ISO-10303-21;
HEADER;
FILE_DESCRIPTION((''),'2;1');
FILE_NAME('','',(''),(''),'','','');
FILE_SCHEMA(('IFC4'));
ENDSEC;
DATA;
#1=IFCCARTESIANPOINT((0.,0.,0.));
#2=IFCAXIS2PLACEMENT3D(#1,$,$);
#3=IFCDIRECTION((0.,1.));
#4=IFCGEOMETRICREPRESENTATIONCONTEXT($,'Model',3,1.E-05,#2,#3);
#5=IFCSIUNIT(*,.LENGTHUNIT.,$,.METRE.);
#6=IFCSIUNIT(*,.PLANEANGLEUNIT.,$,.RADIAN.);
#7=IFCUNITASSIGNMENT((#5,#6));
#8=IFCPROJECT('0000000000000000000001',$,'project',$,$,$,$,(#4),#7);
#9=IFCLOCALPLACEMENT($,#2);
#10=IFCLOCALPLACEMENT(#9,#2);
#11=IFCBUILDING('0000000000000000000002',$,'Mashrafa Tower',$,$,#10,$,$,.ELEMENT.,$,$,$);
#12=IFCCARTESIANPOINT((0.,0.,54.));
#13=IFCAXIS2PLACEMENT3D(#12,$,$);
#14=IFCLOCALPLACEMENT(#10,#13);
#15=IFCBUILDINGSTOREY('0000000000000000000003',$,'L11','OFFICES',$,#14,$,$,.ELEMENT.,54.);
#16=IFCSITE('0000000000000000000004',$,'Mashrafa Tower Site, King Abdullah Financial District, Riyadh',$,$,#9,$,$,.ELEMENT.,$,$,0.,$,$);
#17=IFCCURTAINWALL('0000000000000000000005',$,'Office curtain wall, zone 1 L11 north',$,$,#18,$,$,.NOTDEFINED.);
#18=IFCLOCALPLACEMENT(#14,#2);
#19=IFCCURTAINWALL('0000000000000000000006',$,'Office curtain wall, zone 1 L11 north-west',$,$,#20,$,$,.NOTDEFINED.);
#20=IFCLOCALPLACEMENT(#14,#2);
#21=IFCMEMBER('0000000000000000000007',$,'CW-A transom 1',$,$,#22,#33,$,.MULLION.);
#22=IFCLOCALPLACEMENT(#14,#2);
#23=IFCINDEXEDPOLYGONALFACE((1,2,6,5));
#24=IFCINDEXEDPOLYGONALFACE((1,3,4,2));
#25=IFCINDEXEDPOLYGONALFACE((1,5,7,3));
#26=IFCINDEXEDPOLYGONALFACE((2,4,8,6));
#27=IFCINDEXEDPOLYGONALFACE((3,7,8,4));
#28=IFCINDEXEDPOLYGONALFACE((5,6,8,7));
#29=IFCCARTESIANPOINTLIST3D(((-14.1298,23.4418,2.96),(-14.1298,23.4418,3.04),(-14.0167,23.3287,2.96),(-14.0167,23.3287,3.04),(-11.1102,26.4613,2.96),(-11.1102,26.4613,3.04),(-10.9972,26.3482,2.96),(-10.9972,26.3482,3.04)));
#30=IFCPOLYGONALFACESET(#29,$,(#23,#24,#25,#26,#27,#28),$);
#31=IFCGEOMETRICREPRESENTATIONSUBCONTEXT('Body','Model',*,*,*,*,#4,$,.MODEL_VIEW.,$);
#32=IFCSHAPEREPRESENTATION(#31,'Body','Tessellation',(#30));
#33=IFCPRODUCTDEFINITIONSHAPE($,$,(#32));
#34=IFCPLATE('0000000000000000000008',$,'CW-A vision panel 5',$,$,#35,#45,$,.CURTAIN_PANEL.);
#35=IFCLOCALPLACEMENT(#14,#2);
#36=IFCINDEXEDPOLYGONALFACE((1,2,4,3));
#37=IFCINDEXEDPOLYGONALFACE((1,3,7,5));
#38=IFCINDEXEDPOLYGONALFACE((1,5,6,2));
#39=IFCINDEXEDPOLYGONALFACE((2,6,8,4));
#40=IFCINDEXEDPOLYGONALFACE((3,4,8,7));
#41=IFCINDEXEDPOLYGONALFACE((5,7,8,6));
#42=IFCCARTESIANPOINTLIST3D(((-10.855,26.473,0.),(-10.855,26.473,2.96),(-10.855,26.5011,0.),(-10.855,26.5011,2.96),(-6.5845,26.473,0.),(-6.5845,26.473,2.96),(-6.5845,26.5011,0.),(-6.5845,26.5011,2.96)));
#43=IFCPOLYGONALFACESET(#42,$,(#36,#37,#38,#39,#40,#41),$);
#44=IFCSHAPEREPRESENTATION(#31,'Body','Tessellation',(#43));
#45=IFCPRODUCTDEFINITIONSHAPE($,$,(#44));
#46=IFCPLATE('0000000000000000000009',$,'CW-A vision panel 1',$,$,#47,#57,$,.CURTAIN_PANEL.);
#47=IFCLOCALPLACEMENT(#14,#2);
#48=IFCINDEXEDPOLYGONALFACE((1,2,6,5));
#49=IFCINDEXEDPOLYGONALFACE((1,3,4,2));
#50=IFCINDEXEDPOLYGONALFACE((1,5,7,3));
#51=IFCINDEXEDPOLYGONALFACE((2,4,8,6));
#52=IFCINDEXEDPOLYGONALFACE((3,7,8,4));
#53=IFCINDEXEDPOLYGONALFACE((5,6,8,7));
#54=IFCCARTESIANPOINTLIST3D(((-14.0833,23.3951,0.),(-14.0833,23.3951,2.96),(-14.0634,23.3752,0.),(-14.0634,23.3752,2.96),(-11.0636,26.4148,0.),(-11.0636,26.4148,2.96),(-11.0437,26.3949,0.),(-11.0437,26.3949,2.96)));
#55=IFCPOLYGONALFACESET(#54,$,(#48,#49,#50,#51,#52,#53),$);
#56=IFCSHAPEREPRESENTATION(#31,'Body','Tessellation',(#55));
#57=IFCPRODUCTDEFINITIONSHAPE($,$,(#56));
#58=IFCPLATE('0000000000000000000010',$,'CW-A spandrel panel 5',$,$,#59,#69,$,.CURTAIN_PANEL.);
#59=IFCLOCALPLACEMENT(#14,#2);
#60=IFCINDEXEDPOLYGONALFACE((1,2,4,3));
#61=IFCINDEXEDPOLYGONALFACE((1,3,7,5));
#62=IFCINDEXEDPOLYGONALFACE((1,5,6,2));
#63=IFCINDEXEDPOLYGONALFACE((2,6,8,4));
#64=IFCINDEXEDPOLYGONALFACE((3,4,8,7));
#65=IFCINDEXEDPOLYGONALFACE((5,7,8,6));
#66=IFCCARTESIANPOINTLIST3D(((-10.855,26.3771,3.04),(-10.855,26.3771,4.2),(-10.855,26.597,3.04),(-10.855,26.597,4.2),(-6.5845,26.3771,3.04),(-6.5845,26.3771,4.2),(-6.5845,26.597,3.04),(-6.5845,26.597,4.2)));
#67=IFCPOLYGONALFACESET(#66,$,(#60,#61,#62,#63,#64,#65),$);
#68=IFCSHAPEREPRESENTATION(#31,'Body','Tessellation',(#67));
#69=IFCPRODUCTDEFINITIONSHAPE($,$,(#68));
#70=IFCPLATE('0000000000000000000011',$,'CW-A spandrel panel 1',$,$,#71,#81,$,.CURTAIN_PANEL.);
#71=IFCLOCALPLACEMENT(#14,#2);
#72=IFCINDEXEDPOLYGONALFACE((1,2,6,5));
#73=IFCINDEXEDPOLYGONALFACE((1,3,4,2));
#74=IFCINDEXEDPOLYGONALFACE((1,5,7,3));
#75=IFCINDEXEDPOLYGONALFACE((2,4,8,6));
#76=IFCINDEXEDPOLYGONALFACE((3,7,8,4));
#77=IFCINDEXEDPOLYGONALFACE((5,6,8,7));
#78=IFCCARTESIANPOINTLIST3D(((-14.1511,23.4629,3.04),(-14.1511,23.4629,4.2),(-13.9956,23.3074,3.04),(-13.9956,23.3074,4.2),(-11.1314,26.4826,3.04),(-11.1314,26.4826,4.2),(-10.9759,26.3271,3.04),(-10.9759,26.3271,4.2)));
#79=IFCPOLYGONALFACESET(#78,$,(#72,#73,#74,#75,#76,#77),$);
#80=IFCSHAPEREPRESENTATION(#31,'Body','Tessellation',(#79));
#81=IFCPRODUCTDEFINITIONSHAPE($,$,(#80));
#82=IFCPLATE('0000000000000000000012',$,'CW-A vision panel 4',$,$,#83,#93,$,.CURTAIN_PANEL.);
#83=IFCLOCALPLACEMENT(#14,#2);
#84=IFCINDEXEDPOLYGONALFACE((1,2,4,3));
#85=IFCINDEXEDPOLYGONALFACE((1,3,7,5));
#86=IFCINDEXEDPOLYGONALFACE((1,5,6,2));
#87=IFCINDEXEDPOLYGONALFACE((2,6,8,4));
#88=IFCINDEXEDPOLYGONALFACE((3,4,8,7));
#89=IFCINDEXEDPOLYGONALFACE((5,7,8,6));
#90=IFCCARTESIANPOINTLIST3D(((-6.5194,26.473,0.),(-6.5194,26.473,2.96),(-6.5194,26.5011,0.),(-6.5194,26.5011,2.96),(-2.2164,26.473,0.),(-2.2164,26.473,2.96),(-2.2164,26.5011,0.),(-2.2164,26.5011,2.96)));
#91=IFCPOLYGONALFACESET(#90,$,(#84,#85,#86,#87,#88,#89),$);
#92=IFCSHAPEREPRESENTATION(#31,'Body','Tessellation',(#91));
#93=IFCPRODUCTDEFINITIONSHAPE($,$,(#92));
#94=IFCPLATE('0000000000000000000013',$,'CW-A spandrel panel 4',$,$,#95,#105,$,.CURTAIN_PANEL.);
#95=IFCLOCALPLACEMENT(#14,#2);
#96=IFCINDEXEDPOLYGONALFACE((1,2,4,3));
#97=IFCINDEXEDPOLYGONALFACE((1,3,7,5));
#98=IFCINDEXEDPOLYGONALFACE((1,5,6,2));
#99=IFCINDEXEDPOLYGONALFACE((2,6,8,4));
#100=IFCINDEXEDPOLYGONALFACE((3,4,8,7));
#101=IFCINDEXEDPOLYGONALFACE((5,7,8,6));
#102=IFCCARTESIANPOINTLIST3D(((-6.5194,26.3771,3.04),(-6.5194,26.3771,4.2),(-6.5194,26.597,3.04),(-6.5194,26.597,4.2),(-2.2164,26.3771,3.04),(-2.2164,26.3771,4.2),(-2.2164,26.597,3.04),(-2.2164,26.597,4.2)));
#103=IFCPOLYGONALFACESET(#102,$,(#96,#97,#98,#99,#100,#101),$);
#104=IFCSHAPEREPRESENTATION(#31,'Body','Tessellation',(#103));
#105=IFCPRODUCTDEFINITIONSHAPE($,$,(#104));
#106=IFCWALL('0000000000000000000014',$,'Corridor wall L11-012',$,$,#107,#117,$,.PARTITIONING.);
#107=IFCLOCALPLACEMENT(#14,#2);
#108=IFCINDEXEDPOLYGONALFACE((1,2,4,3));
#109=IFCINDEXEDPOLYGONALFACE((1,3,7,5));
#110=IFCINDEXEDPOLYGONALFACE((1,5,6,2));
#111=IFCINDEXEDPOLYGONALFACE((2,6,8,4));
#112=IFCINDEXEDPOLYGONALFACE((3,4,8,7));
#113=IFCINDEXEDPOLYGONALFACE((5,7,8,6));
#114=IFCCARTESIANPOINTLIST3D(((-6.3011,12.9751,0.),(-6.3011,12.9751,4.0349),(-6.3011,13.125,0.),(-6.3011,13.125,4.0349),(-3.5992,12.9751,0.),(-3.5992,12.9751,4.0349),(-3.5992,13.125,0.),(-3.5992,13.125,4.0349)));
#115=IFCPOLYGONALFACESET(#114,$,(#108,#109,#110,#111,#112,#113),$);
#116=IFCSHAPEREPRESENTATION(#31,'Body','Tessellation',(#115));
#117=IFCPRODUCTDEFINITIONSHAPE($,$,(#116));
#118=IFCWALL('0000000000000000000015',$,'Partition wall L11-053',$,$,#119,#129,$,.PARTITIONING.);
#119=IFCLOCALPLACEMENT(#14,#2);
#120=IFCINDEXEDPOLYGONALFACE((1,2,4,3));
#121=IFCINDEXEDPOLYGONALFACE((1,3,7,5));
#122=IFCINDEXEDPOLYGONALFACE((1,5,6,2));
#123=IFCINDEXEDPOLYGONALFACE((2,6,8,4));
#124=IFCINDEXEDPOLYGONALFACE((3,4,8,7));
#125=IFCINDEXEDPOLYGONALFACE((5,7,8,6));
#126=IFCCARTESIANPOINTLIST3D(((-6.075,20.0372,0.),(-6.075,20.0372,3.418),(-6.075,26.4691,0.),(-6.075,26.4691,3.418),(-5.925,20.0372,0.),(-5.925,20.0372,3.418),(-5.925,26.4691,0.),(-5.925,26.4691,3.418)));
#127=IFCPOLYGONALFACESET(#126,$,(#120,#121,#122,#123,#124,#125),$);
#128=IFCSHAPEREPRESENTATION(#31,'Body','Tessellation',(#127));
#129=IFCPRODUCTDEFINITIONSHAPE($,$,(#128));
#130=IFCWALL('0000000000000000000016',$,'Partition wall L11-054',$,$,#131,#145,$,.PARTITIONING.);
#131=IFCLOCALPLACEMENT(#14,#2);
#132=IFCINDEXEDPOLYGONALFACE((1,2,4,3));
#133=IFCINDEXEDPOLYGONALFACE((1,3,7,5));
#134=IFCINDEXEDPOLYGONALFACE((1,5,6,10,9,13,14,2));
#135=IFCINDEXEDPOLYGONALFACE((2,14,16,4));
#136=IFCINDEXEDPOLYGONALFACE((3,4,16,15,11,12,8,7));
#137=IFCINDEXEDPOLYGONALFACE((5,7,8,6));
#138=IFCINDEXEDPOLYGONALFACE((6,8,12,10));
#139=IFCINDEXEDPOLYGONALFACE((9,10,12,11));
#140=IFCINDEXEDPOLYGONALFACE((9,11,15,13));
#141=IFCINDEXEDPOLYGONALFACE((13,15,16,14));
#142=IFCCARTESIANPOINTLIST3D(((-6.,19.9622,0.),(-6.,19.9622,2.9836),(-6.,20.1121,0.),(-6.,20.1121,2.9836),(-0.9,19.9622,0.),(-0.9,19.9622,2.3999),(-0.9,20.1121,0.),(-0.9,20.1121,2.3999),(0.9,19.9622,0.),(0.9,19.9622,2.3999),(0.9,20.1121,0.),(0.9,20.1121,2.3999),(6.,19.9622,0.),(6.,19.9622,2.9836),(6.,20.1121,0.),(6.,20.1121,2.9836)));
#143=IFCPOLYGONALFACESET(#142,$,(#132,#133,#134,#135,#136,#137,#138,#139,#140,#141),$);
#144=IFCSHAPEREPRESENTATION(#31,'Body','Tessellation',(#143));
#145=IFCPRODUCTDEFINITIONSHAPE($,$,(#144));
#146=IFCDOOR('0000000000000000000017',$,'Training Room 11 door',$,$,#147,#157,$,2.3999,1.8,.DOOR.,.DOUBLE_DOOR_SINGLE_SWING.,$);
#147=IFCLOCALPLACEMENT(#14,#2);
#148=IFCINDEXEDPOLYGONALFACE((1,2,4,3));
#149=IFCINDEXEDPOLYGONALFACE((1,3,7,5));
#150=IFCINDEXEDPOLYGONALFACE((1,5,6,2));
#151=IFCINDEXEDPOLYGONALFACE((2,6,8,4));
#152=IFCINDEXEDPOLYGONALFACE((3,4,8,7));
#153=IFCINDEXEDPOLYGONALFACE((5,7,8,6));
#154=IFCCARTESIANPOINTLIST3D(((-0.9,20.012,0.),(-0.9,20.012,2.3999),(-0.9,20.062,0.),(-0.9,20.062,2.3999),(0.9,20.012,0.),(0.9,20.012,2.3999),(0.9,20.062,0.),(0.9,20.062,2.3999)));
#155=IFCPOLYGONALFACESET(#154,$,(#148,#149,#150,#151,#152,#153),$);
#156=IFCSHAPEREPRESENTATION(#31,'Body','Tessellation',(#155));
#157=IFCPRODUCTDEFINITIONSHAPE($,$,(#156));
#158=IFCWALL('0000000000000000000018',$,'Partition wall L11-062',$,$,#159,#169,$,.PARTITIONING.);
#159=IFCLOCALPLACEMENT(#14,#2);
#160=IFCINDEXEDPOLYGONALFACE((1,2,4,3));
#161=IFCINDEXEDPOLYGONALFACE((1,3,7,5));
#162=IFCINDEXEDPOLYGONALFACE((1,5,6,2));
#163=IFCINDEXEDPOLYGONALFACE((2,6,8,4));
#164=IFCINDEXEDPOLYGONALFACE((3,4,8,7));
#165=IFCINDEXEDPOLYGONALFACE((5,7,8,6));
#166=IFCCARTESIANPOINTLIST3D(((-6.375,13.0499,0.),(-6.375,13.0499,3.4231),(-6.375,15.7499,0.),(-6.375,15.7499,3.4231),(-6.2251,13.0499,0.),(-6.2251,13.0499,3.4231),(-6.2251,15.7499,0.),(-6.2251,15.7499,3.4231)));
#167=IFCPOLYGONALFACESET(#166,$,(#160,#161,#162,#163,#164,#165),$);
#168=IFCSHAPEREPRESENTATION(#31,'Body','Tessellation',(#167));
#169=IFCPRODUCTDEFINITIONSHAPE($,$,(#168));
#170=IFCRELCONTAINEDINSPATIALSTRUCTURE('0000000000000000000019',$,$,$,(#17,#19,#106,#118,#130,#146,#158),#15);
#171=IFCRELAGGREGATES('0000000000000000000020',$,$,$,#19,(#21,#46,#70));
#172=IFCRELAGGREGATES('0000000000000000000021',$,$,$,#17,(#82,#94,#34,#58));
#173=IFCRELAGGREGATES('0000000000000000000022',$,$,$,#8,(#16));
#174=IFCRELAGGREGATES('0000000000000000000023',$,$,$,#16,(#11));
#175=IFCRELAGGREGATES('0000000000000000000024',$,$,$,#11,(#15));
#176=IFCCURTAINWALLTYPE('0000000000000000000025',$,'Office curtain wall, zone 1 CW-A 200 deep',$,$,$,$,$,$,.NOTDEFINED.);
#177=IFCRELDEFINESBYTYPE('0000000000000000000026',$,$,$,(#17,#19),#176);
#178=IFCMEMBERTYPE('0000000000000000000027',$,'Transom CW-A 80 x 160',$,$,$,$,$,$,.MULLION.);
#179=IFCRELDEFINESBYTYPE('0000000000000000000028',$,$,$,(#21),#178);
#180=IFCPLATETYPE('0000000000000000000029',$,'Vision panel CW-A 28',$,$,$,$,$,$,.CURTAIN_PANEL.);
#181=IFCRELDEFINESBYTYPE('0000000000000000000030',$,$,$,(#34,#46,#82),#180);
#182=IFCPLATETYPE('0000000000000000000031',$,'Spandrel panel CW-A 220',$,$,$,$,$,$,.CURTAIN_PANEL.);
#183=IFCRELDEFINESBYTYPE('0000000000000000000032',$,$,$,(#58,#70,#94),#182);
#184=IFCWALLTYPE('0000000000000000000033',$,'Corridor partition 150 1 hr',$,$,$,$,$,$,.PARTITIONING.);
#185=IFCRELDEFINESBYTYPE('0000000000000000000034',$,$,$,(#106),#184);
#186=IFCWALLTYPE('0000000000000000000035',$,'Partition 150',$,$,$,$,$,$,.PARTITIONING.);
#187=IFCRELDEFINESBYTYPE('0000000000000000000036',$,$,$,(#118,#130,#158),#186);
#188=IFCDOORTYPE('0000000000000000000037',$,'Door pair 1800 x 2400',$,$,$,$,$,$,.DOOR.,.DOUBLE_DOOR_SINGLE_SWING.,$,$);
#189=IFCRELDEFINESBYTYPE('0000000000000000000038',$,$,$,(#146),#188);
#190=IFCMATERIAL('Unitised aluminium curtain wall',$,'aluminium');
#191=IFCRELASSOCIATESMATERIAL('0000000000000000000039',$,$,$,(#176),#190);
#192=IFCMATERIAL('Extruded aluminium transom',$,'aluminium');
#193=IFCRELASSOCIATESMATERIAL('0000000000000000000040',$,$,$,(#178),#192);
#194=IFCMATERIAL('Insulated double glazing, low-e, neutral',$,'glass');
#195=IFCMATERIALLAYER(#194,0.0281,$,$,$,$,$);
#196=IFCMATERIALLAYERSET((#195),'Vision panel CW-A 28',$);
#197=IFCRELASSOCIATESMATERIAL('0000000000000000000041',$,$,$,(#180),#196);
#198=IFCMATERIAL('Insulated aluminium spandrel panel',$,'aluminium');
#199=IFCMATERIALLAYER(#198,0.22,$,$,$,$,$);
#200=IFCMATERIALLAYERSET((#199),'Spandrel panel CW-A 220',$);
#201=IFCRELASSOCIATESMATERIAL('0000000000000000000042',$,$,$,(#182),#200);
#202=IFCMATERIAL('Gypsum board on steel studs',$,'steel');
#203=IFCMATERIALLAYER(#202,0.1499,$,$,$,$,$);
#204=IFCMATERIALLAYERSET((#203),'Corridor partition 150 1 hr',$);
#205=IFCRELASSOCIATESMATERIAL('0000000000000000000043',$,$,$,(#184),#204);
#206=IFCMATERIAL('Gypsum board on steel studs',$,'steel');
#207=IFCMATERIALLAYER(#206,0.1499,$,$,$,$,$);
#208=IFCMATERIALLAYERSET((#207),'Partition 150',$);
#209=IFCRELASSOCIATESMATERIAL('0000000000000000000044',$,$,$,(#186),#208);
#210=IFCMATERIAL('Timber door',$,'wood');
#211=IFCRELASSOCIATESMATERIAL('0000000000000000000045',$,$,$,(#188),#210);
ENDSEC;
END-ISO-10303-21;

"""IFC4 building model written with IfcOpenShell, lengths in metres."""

from ifc_helpers import new_model, si_unit, direction, frame, frame_2d, origin, origin_2d, place, context, subcontext, project, spatial, rectangle, extrude, source, transform, mapped, material, layer, layer_set, material_profile, profile_set, type_object, type_shapes, element, fill, aggregate, save


model = new_model("IFC4")

# Units and contexts
model_context = context("Model", 3, precision=1e-05, world=origin(), true_north=direction((0.0, 1.0)))
body_context = subcontext(model_context, "Body", "Model", "MODEL_VIEW")
ifc_project = project(units=[si_unit("LENGTHUNIT", "METRE"), si_unit("PLANEANGLEUNIT", "RADIAN")], contexts=[model_context])

# Site, building, storey
site_placement = place(None, origin())
site = spatial("IfcSite", under=ifc_project, at=site_placement, Name="Mashrafa Tower Site, King Abdullah Financial District, Riyadh", CompositionType="ELEMENT", RefElevation=0.0)
building_placement = place(site_placement, origin())
building = spatial("IfcBuilding", under=site, at=building_placement, Name="Mashrafa Tower", CompositionType="ELEMENT")
storey_placement = place(building_placement, frame((0.0, 0.0, 54.0)))
storey = spatial("IfcBuildingStorey", under=building, at=storey_placement, Name="L11", Description="OFFICES", CompositionType="ELEMENT", Elevation=54.0)

# Curtain wall
ifc_material_1 = material(Name="Unitised aluminium curtain wall", Category="aluminium")
curtain_wall_type = type_object("IfcCurtainWallType", Name="Office curtain wall, zone 1 CW-A 200 deep", PredefinedType="NOTDEFINED", material=ifc_material_1)
curtain_wall_1_placement = place(storey_placement, origin())
curtain_wall_1 = element("IfcCurtainWall", 1, at=curtain_wall_1_placement, inside=storey, type_object=curtain_wall_type, Name="Office curtain wall, zone 1 L11 north", PredefinedType="NOTDEFINED")

# Curtain wall
curtain_wall_2_placement = place(storey_placement, origin())
curtain_wall_2 = element("IfcCurtainWall", 2, at=curtain_wall_2_placement, inside=storey, type_object=curtain_wall_type, Name="Office curtain wall, zone 1 L11 north-west", PredefinedType="NOTDEFINED")

# Member
ifc_material_2 = material(Name="Extruded aluminium transom", Category="aluminium")
ifc_material_profile_1 = material_profile(ifc_material_2, rectangle(XDim=0.1599, YDim=0.0801, at=origin_2d()), Name="Transom 80x160")
ifc_profile_set_1 = profile_set([ifc_material_profile_1], Name="Extruded aluminium transom")
member_type_1 = type_object("IfcMemberType", Name="Transom CW-A 80 x 160", PredefinedType="MULLION", material=ifc_profile_set_1)
shared_shape_1 = source(origin(), body_context, "Body", "SweptSolid", [
    extrude(rectangle(XDim=0.1599, YDim=0.0801, at=origin_2d()), origin(), (0.0, 0.0, 1.0), 4.2703),
])
member_1_placement = place(storey_placement, frame((-11.0537, 26.4048, 3.0), z_axis=(-0.707107, -0.707107, 0.0), x_axis=(0.707107, -0.707107, 0.0)))
member_1 = element("IfcMember", 3, at=member_1_placement, type_object=member_type_1, Name="CW-A transom 1", PredefinedType="MULLION", context=body_context, shape_type="MappedRepresentation", body=[
    mapped(shared_shape_1, transform((0.0, 0.0, 0.0))),
])

# Plates
ifc_material_3 = material(Name="Insulated double glazing, low-e, neutral", Category="glass")
ifc_layer_1 = layer(ifc_material_3, 0.0281)
ifc_layer_set_1 = layer_set([ifc_layer_1], Name="Vision panel CW-A 28")
plate_type_1 = type_object("IfcPlateType", Name="Vision panel CW-A 28", PredefinedType="CURTAIN_PANEL", material=ifc_layer_set_1)
shared_shape_2 = source(origin(), body_context, "Body", "SweptSolid", [
    extrude(rectangle(XDim=4.2705, YDim=0.0281, at=origin_2d()), origin(), (0.0, 0.0, 1.0), 2.96),
])
plate_1_placement = place(storey_placement, frame((-8.7197, 26.4871, 0.0), z_axis=(0.0, 0.0, 1.0), x_axis=(-1.0, 0.0, 0.0)))
plate_1 = element("IfcPlate", 4, at=plate_1_placement, type_object=plate_type_1, Name="CW-A vision panel 5", PredefinedType="CURTAIN_PANEL", context=body_context, shape_type="MappedRepresentation", body=[
    mapped(shared_shape_2, transform((0.0, 0.0, 0.0))),
])
plate_2_placement = place(storey_placement, frame((-12.5635, 24.895, 0.0), z_axis=(0.0, 0.0, 1.0), x_axis=(-0.707107, -0.707107, 0.0)))
plate_2 = element("IfcPlate", 5, at=plate_2_placement, type_object=plate_type_1, Name="CW-A vision panel 1", PredefinedType="CURTAIN_PANEL", context=body_context, shape_type="MappedRepresentation", body=[
    mapped(shared_shape_2, transform((0.0, 0.0, 0.0))),
])
ifc_material_4 = material(Name="Insulated aluminium spandrel panel", Category="aluminium")
ifc_layer_2 = layer(ifc_material_4, 0.22)
ifc_layer_set_2 = layer_set([ifc_layer_2], Name="Spandrel panel CW-A 220")
plate_type_2 = type_object("IfcPlateType", Name="Spandrel panel CW-A 220", PredefinedType="CURTAIN_PANEL", material=ifc_layer_set_2)
shared_shape_3 = source(origin(), body_context, "Body", "SweptSolid", [
    extrude(rectangle(XDim=4.2705, YDim=0.22, at=origin_2d()), origin(), (0.0, 0.0, 1.0), 1.1599),
])
plate_3_placement = place(storey_placement, frame((-8.7197, 26.4871, 3.04), z_axis=(0.0, 0.0, 1.0), x_axis=(-1.0, 0.0, 0.0)))
plate_3 = element("IfcPlate", 6, at=plate_3_placement, type_object=plate_type_2, Name="CW-A spandrel panel 5", PredefinedType="CURTAIN_PANEL", context=body_context, shape_type="MappedRepresentation", body=[
    mapped(shared_shape_3, transform((0.0, 0.0, 0.0))),
])
plate_4_placement = place(storey_placement, frame((-12.5635, 24.895, 3.04), z_axis=(0.0, 0.0, 1.0), x_axis=(-0.707107, -0.707107, 0.0)))
plate_4 = element("IfcPlate", 7, at=plate_4_placement, type_object=plate_type_2, Name="CW-A spandrel panel 1", PredefinedType="CURTAIN_PANEL", context=body_context, shape_type="MappedRepresentation", body=[
    mapped(shared_shape_3, transform((0.0, 0.0, 0.0))),
])
aggregate(curtain_wall_2, [member_1, plate_2, plate_4])
shared_shape_4 = source(origin(), body_context, "Body", "SweptSolid", [
    extrude(rectangle(XDim=4.303, YDim=0.0281, at=origin_2d()), origin(), (0.0, 0.0, 1.0), 2.96),
])
type_shapes(plate_type_1, [shared_shape_2, shared_shape_4])
plate_5_placement = place(storey_placement, frame((-4.3679, 26.4871, 0.0), z_axis=(0.0, 0.0, 1.0), x_axis=(-1.0, 0.0, 0.0)))
plate_5 = element("IfcPlate", 8, at=plate_5_placement, type_object=plate_type_1, Name="CW-A vision panel 4", PredefinedType="CURTAIN_PANEL", context=body_context, shape_type="MappedRepresentation", body=[
    mapped(shared_shape_4, transform((0.0, 0.0, 0.0))),
])
shared_shape_5 = source(origin(), body_context, "Body", "SweptSolid", [
    extrude(rectangle(XDim=4.303, YDim=0.22, at=origin_2d()), origin(), (0.0, 0.0, 1.0), 1.1599),
])
type_shapes(plate_type_2, [shared_shape_3, shared_shape_5])
plate_6_placement = place(storey_placement, frame((-4.3679, 26.4871, 3.04), z_axis=(0.0, 0.0, 1.0), x_axis=(-1.0, 0.0, 0.0)))
plate_6 = element("IfcPlate", 9, at=plate_6_placement, type_object=plate_type_2, Name="CW-A spandrel panel 4", PredefinedType="CURTAIN_PANEL", context=body_context, shape_type="MappedRepresentation", body=[
    mapped(shared_shape_5, transform((0.0, 0.0, 0.0))),
])
aggregate(curtain_wall_1, [plate_5, plate_6, plate_1, plate_3])

# Walls
ifc_material_5 = material(Name="Gypsum board on steel studs", Category="steel")
ifc_layer_3 = layer(ifc_material_5, 0.1499)
ifc_layer_set_3 = layer_set([ifc_layer_3], Name="Corridor partition 150 1 hr")
wall_type_1 = type_object("IfcWallType", Name="Corridor partition 150 1 hr", PredefinedType="PARTITIONING", material=ifc_layer_set_3)
wall_1_placement = place(storey_placement, frame((-3.5991, 13.05, 0.0), z_axis=(0.0, 0.0, 1.0), x_axis=(-1.0, 0.0, 0.0)))
element("IfcWall", 10, at=wall_1_placement, inside=storey, type_object=wall_type_1, Name="Corridor wall L11-012", PredefinedType="PARTITIONING", context=body_context, shape_type="SweptSolid", body=[
    extrude(rectangle(XDim=2.7019, YDim=0.1499, at=frame_2d((1.3511, 0.0))), origin(), (0.0, 0.0, 1.0), 4.0349),
])
ifc_material_6 = material(Name="Gypsum board on steel studs", Category="steel")
ifc_layer_4 = layer(ifc_material_6, 0.1499)
ifc_layer_set_4 = layer_set([ifc_layer_4], Name="Partition 150")
wall_type_2 = type_object("IfcWallType", Name="Partition 150", PredefinedType="PARTITIONING", material=ifc_layer_set_4)
wall_2_placement = place(storey_placement, frame((-6.0, 26.469, 0.0), z_axis=(0.0, 0.0, 1.0), x_axis=(0.0, -1.0, 0.0)))
element("IfcWall", 11, at=wall_2_placement, inside=storey, type_object=wall_type_2, Name="Partition wall L11-053", PredefinedType="PARTITIONING", context=body_context, shape_type="SweptSolid", body=[
    extrude(rectangle(XDim=6.4319, YDim=0.1499, at=frame_2d((3.2158, 0.0))), origin(), (0.0, 0.0, 1.0), 3.418),
])

# Wall, opening, door
wall_3_placement = place(storey_placement, frame((-6.0, 20.0371, 0.0), z_axis=(0.0, 0.0, 1.0), x_axis=(1.0, 0.0, 0.0)))
wall_3 = element("IfcWall", 12, at=wall_3_placement, inside=storey, type_object=wall_type_2, Name="Partition wall L11-054", PredefinedType="PARTITIONING", context=body_context, shape_type="SweptSolid", body=[
    extrude(rectangle(XDim=12.0, YDim=0.1499, at=frame_2d((6.0, 0.0))), origin(), (0.0, 0.0, 1.0), 2.9836),
])
opening_1_placement = place(wall_3_placement, frame((5.1001, 0.0, 0.0)))
opening_1 = element("IfcOpeningElement", 13, at=opening_1_placement, cuts=wall_3, PredefinedType="OPENING", context=body_context, shape_type="SweptSolid", body=[
    extrude(rectangle(XDim=1.8, YDim=2.3999, at=frame_2d((0.8999, 1.2))), frame((0.0, 0.085, 0.0), z_axis=(0.0, -1.0, 0.0), x_axis=(1.0, 0.0, 0.0)), (0.0, 0.0, 1.0), 0.1699),
])
ifc_material_7 = material(Name="Timber door", Category="wood")
door_type_1 = type_object("IfcDoorType", Name="Door pair 1800 x 2400", OperationType="DOUBLE_DOOR_SINGLE_SWING", PredefinedType="DOOR", material=ifc_material_7)
door_1_placement = place(opening_1_placement, origin())
door_1 = element("IfcDoor", 14, at=door_1_placement, inside=storey, type_object=door_type_1, Name="Training Room 11 door", OperationType="DOUBLE_DOOR_SINGLE_SWING", OverallHeight=2.3999, OverallWidth=1.8, PredefinedType="DOOR", context=body_context, shape_type="SweptSolid", body=[
    extrude(rectangle(XDim=1.8, YDim=2.3999, at=frame_2d((0.8999, 1.2))), frame((0.0, 0.0249, 0.0), z_axis=(0.0, -1.0, 0.0), x_axis=(1.0, 0.0, 0.0)), (0.0, 0.0, 1.0), 0.05),
])
fill(opening_1, door_1)

# Wall
wall_4_placement = place(storey_placement, frame((-6.3, 15.75, 0.0), z_axis=(0.0, 0.0, 1.0), x_axis=(0.0, -1.0, 0.0)))
element("IfcWall", 15, at=wall_4_placement, inside=storey, type_object=wall_type_2, Name="Partition wall L11-062", PredefinedType="PARTITIONING", context=body_context, shape_type="SweptSolid", body=[
    extrude(rectangle(XDim=2.7, YDim=0.1499, at=frame_2d((1.3501, 0.0))), origin(), (0.0, 0.0, 1.0), 3.4231),
])

save(model, "model.ifc")
